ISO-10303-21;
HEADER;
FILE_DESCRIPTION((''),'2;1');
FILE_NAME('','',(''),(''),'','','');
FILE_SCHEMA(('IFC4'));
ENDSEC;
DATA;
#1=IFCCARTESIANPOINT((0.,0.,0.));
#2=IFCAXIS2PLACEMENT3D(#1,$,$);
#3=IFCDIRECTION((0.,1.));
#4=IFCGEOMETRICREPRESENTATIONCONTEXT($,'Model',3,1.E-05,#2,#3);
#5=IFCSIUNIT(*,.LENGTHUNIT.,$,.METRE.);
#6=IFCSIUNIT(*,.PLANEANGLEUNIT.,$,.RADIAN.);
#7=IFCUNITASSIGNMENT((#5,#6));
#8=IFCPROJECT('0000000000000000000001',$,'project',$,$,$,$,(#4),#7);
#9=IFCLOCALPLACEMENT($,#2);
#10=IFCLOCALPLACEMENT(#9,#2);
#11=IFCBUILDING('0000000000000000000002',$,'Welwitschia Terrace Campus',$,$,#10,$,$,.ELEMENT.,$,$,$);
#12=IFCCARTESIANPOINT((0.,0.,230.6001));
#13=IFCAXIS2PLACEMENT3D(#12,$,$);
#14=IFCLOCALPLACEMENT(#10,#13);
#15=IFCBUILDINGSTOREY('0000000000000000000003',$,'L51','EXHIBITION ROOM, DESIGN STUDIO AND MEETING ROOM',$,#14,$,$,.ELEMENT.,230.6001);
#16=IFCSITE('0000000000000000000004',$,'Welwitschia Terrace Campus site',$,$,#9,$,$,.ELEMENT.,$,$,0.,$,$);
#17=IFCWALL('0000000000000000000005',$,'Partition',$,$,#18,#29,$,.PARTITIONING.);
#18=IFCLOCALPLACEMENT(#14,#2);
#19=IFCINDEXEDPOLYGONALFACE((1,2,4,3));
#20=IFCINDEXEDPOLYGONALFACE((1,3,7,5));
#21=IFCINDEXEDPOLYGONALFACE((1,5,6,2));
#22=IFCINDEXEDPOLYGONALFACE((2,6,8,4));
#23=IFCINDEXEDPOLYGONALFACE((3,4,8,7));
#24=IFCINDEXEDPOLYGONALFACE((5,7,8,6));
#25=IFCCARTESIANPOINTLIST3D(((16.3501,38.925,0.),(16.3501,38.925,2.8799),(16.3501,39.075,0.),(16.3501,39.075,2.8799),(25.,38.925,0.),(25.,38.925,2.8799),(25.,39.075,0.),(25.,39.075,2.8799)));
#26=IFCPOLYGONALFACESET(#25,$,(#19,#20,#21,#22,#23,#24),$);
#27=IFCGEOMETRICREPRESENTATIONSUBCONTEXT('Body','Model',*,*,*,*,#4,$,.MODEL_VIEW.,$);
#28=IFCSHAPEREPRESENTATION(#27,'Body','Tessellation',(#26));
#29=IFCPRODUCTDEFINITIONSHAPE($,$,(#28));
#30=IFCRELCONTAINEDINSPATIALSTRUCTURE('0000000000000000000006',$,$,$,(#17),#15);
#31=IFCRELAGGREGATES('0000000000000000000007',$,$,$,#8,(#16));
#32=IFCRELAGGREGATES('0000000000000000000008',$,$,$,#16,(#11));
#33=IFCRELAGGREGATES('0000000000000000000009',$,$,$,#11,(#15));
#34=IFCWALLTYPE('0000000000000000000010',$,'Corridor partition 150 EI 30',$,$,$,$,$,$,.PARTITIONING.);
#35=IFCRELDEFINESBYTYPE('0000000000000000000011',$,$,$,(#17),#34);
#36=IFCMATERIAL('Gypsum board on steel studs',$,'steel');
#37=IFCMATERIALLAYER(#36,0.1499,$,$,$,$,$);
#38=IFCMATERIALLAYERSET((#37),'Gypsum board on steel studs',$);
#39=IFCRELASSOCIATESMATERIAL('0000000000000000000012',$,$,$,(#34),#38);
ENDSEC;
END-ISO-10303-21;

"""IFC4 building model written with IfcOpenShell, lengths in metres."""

from ifc_helpers import new_model, si_unit, direction, frame, frame_2d, origin, place, context, subcontext, project, spatial, rectangle, extrude, material, layer, layer_set, type_object, element, save


model = new_model("IFC4")

# Units and contexts
model_context = context("Model", 3, precision=1e-05, world=origin(), true_north=direction((0.0, 1.0)))
body_context = subcontext(model_context, "Body", "Model", "MODEL_VIEW")
ifc_project = project(units=[si_unit("LENGTHUNIT", "METRE"), si_unit("PLANEANGLEUNIT", "RADIAN")], contexts=[model_context])

# Site, building, storey
site_placement = place(None, origin())
site = spatial("IfcSite", under=ifc_project, at=site_placement, Name="Welwitschia Terrace Campus site", CompositionType="ELEMENT", RefElevation=0.0)
building_placement = place(site_placement, origin())
building = spatial("IfcBuilding", under=site, at=building_placement, Name="Welwitschia Terrace Campus", CompositionType="ELEMENT")
storey_placement = place(building_placement, frame((0.0, 0.0, 230.6001)))
storey = spatial("IfcBuildingStorey", under=building, at=storey_placement, Name="L51", Description="EXHIBITION ROOM, DESIGN STUDIO AND MEETING ROOM", CompositionType="ELEMENT", Elevation=230.6001)

# Shared definitions
ifc_material_1 = material(Name="Gypsum board on steel studs", Category="steel")
ifc_layer_1 = layer(ifc_material_1, 0.1499)
ifc_layer_set_1 = layer_set([ifc_layer_1], Name="Gypsum board on steel studs")
wall_type = type_object("IfcWallType", Name="Corridor partition 150 EI 30", PredefinedType="PARTITIONING", material=ifc_layer_set_1)

# Wall
wall_1_placement = place(storey_placement, frame((16.3501, 39.0, 0.0), z_axis=(0.0, 0.0, 1.0), x_axis=(1.0, 0.0, 0.0)))
element("IfcWall", 1, at=wall_1_placement, inside=storey, type_object=wall_type, Name="Partition", PredefinedType="PARTITIONING", context=body_context, shape_type="SweptSolid", body=[
    extrude(rectangle(XDim=8.6499, YDim=0.1499, at=frame_2d((4.325, 0.0))), origin(), (0.0, 0.0, 1.0), 2.8799),
])

save(model, "model.ifc")
